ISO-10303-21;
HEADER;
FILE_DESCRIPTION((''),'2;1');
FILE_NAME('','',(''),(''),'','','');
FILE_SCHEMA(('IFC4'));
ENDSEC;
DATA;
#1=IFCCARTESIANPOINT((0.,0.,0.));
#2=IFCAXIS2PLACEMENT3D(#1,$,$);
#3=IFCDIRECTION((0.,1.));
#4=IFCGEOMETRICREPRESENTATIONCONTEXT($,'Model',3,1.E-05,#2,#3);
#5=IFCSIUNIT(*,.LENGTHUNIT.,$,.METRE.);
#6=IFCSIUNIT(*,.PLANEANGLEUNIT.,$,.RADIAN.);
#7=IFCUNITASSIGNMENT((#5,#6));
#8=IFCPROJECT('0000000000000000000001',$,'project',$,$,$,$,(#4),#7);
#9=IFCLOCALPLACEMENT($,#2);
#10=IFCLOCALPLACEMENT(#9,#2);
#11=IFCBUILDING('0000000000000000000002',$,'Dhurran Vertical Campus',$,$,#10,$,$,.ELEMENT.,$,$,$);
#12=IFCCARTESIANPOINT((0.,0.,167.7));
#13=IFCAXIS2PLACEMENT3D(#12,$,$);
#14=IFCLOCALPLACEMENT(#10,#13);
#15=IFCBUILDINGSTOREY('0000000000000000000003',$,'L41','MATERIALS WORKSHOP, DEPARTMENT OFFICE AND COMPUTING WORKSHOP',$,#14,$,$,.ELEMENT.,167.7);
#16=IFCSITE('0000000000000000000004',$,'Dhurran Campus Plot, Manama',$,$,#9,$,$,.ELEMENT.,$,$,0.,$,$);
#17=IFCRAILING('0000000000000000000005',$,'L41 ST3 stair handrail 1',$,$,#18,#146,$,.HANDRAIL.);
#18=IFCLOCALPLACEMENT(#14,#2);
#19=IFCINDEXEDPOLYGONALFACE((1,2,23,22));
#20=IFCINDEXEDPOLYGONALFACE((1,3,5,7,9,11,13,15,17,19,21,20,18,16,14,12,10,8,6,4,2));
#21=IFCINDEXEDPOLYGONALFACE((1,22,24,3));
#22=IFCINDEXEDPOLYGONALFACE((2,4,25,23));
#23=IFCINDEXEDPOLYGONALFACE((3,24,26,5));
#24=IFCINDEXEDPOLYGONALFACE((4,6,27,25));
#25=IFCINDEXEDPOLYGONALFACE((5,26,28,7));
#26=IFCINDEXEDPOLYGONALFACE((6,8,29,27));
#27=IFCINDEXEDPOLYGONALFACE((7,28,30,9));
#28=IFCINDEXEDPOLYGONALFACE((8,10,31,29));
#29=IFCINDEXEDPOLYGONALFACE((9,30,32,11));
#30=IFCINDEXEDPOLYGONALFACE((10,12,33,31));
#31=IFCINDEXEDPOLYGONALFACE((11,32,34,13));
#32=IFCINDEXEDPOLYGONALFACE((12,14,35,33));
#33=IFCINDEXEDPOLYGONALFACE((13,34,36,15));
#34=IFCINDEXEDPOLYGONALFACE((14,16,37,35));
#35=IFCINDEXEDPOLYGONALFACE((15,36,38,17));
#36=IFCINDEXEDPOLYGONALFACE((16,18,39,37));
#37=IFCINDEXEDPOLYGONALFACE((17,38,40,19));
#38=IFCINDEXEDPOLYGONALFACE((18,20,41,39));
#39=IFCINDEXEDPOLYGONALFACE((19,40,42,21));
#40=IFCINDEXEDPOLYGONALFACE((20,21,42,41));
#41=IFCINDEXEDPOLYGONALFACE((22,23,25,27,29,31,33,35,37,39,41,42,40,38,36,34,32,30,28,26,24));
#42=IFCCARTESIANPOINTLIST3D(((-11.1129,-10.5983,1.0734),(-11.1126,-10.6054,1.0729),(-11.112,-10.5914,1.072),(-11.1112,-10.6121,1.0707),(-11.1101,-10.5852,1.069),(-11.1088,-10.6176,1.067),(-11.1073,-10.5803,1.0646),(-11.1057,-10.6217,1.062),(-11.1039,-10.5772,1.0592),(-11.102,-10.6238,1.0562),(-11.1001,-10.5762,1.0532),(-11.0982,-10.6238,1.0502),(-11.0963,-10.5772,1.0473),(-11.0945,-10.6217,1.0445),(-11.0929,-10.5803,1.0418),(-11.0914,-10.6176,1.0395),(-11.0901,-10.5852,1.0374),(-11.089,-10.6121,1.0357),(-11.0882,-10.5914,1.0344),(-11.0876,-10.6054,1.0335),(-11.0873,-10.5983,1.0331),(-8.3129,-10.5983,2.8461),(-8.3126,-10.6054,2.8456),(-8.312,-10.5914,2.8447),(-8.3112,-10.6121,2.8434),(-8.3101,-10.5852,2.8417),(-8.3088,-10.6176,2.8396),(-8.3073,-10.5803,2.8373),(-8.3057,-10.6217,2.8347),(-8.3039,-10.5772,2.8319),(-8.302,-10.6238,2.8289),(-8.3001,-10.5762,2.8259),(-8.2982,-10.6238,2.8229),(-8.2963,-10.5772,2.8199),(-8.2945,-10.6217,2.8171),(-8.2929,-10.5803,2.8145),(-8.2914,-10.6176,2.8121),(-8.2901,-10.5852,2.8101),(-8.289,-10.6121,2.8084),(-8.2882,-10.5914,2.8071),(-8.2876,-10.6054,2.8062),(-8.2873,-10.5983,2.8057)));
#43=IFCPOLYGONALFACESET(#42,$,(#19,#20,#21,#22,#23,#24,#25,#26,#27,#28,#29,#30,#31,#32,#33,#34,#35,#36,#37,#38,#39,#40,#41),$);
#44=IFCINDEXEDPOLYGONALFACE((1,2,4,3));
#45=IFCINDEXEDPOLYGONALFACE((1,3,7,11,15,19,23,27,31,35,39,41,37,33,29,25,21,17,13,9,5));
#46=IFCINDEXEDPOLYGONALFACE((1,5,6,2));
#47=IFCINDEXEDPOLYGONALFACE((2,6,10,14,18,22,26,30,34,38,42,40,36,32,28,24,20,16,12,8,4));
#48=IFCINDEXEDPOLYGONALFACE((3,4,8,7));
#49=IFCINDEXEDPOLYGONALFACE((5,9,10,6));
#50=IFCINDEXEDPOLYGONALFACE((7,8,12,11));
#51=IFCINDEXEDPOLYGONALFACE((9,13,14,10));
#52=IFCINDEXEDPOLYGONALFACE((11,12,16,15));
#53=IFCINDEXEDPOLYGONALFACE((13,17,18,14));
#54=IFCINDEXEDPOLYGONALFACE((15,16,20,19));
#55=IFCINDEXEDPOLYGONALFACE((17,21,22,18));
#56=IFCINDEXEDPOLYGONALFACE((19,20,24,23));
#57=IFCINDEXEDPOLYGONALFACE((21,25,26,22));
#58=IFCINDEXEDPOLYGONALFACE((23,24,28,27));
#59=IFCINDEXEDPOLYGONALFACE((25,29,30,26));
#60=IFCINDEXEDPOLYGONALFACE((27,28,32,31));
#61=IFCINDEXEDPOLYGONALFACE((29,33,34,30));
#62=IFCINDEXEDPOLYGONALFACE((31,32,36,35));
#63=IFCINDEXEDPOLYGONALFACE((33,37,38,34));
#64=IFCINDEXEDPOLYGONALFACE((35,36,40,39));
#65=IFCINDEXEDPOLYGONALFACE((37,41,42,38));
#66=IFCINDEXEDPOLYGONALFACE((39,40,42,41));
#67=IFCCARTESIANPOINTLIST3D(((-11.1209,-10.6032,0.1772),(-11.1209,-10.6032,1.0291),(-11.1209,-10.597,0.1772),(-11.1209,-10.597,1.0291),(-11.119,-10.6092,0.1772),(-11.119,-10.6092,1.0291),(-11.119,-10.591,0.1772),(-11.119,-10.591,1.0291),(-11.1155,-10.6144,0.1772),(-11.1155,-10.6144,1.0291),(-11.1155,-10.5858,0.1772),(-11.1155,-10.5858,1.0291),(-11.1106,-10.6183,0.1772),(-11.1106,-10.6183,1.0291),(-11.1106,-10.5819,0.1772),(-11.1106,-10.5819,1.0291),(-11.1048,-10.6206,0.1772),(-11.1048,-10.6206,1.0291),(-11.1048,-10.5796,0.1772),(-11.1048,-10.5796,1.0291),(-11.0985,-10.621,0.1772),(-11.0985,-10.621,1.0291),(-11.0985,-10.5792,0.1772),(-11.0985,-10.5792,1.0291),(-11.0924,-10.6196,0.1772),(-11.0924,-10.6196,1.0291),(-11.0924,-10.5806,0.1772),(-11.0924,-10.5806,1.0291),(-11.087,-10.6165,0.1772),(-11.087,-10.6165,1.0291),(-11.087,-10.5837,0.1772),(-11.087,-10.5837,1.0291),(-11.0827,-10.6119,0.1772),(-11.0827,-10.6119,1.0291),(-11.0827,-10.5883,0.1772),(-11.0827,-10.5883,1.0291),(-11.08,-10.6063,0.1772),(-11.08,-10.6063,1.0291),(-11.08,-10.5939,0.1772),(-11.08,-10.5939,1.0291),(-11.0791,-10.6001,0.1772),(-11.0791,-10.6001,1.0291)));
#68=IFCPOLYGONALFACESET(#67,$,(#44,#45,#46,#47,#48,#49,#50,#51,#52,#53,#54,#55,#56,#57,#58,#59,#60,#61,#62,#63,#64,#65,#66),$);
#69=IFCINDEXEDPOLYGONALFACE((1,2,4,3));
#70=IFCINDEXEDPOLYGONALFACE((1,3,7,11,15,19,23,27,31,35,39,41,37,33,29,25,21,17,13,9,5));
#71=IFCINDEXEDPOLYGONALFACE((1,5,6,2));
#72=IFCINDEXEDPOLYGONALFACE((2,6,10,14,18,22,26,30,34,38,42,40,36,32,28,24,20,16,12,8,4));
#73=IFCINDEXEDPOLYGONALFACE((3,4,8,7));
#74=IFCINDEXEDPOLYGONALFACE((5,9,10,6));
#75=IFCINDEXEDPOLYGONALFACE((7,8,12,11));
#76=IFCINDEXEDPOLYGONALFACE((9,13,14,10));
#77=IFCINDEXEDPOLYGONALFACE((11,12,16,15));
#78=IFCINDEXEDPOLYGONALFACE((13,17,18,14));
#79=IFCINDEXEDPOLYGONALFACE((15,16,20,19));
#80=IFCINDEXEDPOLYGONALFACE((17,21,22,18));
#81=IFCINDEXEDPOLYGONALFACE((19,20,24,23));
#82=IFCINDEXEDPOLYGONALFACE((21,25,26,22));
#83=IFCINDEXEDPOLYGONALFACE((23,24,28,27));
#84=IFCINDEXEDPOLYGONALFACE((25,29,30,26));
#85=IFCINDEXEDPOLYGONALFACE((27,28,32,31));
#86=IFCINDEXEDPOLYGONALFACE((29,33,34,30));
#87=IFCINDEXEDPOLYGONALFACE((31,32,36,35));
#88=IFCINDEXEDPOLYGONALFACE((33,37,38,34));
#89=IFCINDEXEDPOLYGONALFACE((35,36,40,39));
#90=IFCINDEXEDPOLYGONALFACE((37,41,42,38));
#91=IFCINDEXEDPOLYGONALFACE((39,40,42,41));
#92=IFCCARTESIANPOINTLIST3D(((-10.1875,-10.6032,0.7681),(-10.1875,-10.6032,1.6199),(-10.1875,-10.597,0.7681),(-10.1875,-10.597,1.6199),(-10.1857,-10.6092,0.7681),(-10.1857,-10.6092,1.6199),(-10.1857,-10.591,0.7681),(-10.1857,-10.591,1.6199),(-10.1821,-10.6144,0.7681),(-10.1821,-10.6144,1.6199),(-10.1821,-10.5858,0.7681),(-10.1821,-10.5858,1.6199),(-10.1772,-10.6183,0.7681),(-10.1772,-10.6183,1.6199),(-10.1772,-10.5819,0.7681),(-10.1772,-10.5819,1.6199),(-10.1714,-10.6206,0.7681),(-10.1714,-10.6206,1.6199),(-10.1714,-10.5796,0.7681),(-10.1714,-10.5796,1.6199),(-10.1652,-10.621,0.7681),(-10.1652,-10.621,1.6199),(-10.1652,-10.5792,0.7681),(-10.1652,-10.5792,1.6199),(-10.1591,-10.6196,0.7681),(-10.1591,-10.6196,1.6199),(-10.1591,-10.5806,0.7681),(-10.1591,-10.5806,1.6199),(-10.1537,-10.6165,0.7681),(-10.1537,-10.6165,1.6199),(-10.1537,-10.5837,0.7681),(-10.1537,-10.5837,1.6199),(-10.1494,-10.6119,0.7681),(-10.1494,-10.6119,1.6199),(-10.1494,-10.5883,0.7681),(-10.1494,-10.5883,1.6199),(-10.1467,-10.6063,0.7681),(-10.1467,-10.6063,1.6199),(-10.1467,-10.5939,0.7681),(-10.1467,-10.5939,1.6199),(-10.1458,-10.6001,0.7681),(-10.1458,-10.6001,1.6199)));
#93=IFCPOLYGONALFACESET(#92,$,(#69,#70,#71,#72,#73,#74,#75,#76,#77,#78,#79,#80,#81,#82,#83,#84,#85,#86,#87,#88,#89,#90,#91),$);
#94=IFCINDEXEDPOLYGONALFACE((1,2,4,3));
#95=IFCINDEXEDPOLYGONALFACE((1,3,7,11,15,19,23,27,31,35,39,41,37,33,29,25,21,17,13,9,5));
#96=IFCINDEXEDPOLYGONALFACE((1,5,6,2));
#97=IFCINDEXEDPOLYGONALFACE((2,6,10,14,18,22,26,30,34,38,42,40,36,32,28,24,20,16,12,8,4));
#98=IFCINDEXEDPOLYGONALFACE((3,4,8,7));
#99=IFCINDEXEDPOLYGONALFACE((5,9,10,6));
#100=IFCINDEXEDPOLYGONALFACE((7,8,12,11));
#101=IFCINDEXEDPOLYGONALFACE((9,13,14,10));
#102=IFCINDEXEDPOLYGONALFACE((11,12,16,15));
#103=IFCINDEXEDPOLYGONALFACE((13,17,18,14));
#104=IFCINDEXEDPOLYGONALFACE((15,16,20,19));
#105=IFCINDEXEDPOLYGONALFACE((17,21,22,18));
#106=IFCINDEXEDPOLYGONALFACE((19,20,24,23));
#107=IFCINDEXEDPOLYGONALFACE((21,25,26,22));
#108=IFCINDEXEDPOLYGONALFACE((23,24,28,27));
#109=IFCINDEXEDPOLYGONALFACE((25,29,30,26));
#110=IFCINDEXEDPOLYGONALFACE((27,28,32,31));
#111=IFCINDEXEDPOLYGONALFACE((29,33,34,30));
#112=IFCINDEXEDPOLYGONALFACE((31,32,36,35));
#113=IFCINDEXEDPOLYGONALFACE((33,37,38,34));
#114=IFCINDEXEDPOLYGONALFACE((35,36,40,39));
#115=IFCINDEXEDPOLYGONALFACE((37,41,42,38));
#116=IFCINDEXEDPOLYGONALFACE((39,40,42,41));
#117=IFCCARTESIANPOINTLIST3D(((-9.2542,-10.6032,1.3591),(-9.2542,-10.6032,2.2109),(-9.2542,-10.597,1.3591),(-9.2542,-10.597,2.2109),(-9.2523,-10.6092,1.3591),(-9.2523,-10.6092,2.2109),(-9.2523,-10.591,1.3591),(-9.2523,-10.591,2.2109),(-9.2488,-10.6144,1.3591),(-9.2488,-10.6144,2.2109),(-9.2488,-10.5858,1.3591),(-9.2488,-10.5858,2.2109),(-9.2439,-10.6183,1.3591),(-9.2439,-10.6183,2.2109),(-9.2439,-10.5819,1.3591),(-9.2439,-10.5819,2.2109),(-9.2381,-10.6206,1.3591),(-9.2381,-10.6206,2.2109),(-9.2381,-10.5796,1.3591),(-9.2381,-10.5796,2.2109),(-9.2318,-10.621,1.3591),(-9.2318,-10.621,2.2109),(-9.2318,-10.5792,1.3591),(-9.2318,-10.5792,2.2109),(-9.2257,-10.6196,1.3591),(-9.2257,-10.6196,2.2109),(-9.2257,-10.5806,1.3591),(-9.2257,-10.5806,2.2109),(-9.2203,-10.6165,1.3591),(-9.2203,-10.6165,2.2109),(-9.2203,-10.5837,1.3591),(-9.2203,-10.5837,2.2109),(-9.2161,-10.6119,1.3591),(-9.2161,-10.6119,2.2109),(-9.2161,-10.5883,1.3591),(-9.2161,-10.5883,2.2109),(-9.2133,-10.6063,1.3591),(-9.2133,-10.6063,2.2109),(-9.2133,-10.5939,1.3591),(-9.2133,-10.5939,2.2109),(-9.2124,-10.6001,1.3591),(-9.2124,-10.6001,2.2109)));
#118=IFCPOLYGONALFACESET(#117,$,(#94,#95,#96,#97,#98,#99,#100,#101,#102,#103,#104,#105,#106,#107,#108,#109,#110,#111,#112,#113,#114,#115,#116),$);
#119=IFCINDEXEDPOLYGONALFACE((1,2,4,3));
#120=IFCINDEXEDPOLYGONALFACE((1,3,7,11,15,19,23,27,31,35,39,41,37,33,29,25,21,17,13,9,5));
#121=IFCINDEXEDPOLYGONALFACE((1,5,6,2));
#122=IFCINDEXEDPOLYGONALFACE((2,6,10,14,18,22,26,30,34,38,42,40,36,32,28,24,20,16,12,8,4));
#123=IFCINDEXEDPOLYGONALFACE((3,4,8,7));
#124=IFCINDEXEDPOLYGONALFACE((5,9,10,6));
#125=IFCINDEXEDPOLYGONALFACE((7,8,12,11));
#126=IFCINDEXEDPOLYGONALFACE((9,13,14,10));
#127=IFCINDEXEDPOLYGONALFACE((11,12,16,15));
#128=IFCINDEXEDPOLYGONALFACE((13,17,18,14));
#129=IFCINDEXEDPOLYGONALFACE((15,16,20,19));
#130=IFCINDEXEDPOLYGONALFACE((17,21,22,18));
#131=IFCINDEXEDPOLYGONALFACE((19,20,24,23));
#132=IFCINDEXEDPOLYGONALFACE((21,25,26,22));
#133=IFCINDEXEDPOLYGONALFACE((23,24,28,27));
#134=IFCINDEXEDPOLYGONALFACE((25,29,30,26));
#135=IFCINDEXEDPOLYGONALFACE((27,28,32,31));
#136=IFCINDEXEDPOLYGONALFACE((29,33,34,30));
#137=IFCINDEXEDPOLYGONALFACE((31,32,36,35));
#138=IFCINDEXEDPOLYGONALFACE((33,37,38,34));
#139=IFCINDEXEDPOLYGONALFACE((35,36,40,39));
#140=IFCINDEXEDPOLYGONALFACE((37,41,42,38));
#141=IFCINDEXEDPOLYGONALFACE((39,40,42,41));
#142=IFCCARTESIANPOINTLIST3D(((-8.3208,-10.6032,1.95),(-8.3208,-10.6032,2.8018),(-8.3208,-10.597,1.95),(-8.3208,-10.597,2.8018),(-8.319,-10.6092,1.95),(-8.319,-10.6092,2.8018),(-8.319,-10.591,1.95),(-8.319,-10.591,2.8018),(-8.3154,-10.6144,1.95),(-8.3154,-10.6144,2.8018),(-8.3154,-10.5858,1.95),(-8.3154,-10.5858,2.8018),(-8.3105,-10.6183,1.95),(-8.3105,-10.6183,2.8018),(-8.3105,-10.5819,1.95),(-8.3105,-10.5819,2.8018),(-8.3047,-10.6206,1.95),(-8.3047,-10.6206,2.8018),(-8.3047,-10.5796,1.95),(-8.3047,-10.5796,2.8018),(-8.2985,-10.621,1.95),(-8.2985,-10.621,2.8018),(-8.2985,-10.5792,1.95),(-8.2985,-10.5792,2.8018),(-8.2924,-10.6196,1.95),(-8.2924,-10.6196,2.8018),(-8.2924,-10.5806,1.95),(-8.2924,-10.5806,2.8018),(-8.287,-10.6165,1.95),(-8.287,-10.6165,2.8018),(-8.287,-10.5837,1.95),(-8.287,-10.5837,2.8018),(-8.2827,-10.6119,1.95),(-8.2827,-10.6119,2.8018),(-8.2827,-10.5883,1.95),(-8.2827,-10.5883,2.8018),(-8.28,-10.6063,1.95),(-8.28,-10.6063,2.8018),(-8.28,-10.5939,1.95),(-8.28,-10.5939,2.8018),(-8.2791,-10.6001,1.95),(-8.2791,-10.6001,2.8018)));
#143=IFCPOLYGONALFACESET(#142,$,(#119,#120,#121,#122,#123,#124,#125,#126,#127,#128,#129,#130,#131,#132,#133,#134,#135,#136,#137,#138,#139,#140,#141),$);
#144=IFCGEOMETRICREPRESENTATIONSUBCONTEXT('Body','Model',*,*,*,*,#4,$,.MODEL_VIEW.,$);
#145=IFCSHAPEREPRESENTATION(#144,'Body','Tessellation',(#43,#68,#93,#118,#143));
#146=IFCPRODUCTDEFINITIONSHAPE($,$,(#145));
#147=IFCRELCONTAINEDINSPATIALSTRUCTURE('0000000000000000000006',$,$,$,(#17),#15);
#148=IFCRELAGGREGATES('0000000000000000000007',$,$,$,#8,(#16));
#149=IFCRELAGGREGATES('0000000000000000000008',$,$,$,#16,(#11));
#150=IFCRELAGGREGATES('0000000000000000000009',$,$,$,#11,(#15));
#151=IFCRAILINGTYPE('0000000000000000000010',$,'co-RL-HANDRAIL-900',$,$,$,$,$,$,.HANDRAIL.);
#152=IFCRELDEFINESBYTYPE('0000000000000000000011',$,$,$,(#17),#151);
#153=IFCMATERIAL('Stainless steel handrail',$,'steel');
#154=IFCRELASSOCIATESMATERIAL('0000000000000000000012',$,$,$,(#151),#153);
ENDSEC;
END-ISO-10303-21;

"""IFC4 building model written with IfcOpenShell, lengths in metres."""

from ifc_helpers import new_model, si_unit, direction, frame, origin, origin_2d, place, context, subcontext, project, spatial, circle, extrude, material, type_object, element, save


model = new_model("IFC4")

# Units and contexts
model_context = context("Model", 3, precision=1e-05, world=origin(), true_north=direction((0.0, 1.0)))
body_context = subcontext(model_context, "Body", "Model", "MODEL_VIEW")
ifc_project = project(units=[si_unit("LENGTHUNIT", "METRE"), si_unit("PLANEANGLEUNIT", "RADIAN")], contexts=[model_context])

# Site, building, storey
site_placement = place(None, origin())
site = spatial("IfcSite", under=ifc_project, at=site_placement, Name="Dhurran Campus Plot, Manama", CompositionType="ELEMENT", RefElevation=0.0)
building_placement = place(site_placement, origin())
building = spatial("IfcBuilding", under=site, at=building_placement, Name="Dhurran Vertical Campus", CompositionType="ELEMENT")
storey_placement = place(building_placement, frame((0.0, 0.0, 167.7)))
storey = spatial("IfcBuildingStorey", under=building, at=storey_placement, Name="L41", Description="MATERIALS WORKSHOP, DEPARTMENT OFFICE AND COMPUTING WORKSHOP", CompositionType="ELEMENT", Elevation=167.7)

# Railing
ifc_material_1 = material(Name="Stainless steel handrail", Category="steel")
railing_type_1 = type_object("IfcRailingType", Name="co-RL-HANDRAIL-900", PredefinedType="HANDRAIL", material=ifc_material_1)
railing_1_placement = place(storey_placement, frame((-11.1001, -10.6001, 0.1772)))
element("IfcRailing", 1, at=railing_1_placement, inside=storey, type_object=railing_type_1, Name="L41 ST3 stair handrail 1", PredefinedType="HANDRAIL", context=body_context, shape_type="SweptSolid", body=[
    extrude(circle(Radius=0.0239, at=origin_2d()), frame((0.0, 0.0, 0.876), z_axis=(0.844909, 0.0, 0.53491), x_axis=(0.0, 1.0, 0.0)), (0.0, 0.0, 1.0), 3.314),
    extrude(circle(Radius=0.021, at=origin_2d()), origin(), (0.0, 0.0, 1.0), 0.8518),
    extrude(circle(Radius=0.021, at=origin_2d()), frame((0.9333, 0.0, 0.5908)), (0.0, 0.0, 1.0), 0.8518),
    extrude(circle(Radius=0.021, at=origin_2d()), frame((1.8667, 0.0, 1.1819)), (0.0, 0.0, 1.0), 0.8518),
    extrude(circle(Radius=0.021, at=origin_2d()), frame((2.8, 0.0, 1.7727)), (0.0, 0.0, 1.0), 0.8518),
])

save(model, "model.ifc")
